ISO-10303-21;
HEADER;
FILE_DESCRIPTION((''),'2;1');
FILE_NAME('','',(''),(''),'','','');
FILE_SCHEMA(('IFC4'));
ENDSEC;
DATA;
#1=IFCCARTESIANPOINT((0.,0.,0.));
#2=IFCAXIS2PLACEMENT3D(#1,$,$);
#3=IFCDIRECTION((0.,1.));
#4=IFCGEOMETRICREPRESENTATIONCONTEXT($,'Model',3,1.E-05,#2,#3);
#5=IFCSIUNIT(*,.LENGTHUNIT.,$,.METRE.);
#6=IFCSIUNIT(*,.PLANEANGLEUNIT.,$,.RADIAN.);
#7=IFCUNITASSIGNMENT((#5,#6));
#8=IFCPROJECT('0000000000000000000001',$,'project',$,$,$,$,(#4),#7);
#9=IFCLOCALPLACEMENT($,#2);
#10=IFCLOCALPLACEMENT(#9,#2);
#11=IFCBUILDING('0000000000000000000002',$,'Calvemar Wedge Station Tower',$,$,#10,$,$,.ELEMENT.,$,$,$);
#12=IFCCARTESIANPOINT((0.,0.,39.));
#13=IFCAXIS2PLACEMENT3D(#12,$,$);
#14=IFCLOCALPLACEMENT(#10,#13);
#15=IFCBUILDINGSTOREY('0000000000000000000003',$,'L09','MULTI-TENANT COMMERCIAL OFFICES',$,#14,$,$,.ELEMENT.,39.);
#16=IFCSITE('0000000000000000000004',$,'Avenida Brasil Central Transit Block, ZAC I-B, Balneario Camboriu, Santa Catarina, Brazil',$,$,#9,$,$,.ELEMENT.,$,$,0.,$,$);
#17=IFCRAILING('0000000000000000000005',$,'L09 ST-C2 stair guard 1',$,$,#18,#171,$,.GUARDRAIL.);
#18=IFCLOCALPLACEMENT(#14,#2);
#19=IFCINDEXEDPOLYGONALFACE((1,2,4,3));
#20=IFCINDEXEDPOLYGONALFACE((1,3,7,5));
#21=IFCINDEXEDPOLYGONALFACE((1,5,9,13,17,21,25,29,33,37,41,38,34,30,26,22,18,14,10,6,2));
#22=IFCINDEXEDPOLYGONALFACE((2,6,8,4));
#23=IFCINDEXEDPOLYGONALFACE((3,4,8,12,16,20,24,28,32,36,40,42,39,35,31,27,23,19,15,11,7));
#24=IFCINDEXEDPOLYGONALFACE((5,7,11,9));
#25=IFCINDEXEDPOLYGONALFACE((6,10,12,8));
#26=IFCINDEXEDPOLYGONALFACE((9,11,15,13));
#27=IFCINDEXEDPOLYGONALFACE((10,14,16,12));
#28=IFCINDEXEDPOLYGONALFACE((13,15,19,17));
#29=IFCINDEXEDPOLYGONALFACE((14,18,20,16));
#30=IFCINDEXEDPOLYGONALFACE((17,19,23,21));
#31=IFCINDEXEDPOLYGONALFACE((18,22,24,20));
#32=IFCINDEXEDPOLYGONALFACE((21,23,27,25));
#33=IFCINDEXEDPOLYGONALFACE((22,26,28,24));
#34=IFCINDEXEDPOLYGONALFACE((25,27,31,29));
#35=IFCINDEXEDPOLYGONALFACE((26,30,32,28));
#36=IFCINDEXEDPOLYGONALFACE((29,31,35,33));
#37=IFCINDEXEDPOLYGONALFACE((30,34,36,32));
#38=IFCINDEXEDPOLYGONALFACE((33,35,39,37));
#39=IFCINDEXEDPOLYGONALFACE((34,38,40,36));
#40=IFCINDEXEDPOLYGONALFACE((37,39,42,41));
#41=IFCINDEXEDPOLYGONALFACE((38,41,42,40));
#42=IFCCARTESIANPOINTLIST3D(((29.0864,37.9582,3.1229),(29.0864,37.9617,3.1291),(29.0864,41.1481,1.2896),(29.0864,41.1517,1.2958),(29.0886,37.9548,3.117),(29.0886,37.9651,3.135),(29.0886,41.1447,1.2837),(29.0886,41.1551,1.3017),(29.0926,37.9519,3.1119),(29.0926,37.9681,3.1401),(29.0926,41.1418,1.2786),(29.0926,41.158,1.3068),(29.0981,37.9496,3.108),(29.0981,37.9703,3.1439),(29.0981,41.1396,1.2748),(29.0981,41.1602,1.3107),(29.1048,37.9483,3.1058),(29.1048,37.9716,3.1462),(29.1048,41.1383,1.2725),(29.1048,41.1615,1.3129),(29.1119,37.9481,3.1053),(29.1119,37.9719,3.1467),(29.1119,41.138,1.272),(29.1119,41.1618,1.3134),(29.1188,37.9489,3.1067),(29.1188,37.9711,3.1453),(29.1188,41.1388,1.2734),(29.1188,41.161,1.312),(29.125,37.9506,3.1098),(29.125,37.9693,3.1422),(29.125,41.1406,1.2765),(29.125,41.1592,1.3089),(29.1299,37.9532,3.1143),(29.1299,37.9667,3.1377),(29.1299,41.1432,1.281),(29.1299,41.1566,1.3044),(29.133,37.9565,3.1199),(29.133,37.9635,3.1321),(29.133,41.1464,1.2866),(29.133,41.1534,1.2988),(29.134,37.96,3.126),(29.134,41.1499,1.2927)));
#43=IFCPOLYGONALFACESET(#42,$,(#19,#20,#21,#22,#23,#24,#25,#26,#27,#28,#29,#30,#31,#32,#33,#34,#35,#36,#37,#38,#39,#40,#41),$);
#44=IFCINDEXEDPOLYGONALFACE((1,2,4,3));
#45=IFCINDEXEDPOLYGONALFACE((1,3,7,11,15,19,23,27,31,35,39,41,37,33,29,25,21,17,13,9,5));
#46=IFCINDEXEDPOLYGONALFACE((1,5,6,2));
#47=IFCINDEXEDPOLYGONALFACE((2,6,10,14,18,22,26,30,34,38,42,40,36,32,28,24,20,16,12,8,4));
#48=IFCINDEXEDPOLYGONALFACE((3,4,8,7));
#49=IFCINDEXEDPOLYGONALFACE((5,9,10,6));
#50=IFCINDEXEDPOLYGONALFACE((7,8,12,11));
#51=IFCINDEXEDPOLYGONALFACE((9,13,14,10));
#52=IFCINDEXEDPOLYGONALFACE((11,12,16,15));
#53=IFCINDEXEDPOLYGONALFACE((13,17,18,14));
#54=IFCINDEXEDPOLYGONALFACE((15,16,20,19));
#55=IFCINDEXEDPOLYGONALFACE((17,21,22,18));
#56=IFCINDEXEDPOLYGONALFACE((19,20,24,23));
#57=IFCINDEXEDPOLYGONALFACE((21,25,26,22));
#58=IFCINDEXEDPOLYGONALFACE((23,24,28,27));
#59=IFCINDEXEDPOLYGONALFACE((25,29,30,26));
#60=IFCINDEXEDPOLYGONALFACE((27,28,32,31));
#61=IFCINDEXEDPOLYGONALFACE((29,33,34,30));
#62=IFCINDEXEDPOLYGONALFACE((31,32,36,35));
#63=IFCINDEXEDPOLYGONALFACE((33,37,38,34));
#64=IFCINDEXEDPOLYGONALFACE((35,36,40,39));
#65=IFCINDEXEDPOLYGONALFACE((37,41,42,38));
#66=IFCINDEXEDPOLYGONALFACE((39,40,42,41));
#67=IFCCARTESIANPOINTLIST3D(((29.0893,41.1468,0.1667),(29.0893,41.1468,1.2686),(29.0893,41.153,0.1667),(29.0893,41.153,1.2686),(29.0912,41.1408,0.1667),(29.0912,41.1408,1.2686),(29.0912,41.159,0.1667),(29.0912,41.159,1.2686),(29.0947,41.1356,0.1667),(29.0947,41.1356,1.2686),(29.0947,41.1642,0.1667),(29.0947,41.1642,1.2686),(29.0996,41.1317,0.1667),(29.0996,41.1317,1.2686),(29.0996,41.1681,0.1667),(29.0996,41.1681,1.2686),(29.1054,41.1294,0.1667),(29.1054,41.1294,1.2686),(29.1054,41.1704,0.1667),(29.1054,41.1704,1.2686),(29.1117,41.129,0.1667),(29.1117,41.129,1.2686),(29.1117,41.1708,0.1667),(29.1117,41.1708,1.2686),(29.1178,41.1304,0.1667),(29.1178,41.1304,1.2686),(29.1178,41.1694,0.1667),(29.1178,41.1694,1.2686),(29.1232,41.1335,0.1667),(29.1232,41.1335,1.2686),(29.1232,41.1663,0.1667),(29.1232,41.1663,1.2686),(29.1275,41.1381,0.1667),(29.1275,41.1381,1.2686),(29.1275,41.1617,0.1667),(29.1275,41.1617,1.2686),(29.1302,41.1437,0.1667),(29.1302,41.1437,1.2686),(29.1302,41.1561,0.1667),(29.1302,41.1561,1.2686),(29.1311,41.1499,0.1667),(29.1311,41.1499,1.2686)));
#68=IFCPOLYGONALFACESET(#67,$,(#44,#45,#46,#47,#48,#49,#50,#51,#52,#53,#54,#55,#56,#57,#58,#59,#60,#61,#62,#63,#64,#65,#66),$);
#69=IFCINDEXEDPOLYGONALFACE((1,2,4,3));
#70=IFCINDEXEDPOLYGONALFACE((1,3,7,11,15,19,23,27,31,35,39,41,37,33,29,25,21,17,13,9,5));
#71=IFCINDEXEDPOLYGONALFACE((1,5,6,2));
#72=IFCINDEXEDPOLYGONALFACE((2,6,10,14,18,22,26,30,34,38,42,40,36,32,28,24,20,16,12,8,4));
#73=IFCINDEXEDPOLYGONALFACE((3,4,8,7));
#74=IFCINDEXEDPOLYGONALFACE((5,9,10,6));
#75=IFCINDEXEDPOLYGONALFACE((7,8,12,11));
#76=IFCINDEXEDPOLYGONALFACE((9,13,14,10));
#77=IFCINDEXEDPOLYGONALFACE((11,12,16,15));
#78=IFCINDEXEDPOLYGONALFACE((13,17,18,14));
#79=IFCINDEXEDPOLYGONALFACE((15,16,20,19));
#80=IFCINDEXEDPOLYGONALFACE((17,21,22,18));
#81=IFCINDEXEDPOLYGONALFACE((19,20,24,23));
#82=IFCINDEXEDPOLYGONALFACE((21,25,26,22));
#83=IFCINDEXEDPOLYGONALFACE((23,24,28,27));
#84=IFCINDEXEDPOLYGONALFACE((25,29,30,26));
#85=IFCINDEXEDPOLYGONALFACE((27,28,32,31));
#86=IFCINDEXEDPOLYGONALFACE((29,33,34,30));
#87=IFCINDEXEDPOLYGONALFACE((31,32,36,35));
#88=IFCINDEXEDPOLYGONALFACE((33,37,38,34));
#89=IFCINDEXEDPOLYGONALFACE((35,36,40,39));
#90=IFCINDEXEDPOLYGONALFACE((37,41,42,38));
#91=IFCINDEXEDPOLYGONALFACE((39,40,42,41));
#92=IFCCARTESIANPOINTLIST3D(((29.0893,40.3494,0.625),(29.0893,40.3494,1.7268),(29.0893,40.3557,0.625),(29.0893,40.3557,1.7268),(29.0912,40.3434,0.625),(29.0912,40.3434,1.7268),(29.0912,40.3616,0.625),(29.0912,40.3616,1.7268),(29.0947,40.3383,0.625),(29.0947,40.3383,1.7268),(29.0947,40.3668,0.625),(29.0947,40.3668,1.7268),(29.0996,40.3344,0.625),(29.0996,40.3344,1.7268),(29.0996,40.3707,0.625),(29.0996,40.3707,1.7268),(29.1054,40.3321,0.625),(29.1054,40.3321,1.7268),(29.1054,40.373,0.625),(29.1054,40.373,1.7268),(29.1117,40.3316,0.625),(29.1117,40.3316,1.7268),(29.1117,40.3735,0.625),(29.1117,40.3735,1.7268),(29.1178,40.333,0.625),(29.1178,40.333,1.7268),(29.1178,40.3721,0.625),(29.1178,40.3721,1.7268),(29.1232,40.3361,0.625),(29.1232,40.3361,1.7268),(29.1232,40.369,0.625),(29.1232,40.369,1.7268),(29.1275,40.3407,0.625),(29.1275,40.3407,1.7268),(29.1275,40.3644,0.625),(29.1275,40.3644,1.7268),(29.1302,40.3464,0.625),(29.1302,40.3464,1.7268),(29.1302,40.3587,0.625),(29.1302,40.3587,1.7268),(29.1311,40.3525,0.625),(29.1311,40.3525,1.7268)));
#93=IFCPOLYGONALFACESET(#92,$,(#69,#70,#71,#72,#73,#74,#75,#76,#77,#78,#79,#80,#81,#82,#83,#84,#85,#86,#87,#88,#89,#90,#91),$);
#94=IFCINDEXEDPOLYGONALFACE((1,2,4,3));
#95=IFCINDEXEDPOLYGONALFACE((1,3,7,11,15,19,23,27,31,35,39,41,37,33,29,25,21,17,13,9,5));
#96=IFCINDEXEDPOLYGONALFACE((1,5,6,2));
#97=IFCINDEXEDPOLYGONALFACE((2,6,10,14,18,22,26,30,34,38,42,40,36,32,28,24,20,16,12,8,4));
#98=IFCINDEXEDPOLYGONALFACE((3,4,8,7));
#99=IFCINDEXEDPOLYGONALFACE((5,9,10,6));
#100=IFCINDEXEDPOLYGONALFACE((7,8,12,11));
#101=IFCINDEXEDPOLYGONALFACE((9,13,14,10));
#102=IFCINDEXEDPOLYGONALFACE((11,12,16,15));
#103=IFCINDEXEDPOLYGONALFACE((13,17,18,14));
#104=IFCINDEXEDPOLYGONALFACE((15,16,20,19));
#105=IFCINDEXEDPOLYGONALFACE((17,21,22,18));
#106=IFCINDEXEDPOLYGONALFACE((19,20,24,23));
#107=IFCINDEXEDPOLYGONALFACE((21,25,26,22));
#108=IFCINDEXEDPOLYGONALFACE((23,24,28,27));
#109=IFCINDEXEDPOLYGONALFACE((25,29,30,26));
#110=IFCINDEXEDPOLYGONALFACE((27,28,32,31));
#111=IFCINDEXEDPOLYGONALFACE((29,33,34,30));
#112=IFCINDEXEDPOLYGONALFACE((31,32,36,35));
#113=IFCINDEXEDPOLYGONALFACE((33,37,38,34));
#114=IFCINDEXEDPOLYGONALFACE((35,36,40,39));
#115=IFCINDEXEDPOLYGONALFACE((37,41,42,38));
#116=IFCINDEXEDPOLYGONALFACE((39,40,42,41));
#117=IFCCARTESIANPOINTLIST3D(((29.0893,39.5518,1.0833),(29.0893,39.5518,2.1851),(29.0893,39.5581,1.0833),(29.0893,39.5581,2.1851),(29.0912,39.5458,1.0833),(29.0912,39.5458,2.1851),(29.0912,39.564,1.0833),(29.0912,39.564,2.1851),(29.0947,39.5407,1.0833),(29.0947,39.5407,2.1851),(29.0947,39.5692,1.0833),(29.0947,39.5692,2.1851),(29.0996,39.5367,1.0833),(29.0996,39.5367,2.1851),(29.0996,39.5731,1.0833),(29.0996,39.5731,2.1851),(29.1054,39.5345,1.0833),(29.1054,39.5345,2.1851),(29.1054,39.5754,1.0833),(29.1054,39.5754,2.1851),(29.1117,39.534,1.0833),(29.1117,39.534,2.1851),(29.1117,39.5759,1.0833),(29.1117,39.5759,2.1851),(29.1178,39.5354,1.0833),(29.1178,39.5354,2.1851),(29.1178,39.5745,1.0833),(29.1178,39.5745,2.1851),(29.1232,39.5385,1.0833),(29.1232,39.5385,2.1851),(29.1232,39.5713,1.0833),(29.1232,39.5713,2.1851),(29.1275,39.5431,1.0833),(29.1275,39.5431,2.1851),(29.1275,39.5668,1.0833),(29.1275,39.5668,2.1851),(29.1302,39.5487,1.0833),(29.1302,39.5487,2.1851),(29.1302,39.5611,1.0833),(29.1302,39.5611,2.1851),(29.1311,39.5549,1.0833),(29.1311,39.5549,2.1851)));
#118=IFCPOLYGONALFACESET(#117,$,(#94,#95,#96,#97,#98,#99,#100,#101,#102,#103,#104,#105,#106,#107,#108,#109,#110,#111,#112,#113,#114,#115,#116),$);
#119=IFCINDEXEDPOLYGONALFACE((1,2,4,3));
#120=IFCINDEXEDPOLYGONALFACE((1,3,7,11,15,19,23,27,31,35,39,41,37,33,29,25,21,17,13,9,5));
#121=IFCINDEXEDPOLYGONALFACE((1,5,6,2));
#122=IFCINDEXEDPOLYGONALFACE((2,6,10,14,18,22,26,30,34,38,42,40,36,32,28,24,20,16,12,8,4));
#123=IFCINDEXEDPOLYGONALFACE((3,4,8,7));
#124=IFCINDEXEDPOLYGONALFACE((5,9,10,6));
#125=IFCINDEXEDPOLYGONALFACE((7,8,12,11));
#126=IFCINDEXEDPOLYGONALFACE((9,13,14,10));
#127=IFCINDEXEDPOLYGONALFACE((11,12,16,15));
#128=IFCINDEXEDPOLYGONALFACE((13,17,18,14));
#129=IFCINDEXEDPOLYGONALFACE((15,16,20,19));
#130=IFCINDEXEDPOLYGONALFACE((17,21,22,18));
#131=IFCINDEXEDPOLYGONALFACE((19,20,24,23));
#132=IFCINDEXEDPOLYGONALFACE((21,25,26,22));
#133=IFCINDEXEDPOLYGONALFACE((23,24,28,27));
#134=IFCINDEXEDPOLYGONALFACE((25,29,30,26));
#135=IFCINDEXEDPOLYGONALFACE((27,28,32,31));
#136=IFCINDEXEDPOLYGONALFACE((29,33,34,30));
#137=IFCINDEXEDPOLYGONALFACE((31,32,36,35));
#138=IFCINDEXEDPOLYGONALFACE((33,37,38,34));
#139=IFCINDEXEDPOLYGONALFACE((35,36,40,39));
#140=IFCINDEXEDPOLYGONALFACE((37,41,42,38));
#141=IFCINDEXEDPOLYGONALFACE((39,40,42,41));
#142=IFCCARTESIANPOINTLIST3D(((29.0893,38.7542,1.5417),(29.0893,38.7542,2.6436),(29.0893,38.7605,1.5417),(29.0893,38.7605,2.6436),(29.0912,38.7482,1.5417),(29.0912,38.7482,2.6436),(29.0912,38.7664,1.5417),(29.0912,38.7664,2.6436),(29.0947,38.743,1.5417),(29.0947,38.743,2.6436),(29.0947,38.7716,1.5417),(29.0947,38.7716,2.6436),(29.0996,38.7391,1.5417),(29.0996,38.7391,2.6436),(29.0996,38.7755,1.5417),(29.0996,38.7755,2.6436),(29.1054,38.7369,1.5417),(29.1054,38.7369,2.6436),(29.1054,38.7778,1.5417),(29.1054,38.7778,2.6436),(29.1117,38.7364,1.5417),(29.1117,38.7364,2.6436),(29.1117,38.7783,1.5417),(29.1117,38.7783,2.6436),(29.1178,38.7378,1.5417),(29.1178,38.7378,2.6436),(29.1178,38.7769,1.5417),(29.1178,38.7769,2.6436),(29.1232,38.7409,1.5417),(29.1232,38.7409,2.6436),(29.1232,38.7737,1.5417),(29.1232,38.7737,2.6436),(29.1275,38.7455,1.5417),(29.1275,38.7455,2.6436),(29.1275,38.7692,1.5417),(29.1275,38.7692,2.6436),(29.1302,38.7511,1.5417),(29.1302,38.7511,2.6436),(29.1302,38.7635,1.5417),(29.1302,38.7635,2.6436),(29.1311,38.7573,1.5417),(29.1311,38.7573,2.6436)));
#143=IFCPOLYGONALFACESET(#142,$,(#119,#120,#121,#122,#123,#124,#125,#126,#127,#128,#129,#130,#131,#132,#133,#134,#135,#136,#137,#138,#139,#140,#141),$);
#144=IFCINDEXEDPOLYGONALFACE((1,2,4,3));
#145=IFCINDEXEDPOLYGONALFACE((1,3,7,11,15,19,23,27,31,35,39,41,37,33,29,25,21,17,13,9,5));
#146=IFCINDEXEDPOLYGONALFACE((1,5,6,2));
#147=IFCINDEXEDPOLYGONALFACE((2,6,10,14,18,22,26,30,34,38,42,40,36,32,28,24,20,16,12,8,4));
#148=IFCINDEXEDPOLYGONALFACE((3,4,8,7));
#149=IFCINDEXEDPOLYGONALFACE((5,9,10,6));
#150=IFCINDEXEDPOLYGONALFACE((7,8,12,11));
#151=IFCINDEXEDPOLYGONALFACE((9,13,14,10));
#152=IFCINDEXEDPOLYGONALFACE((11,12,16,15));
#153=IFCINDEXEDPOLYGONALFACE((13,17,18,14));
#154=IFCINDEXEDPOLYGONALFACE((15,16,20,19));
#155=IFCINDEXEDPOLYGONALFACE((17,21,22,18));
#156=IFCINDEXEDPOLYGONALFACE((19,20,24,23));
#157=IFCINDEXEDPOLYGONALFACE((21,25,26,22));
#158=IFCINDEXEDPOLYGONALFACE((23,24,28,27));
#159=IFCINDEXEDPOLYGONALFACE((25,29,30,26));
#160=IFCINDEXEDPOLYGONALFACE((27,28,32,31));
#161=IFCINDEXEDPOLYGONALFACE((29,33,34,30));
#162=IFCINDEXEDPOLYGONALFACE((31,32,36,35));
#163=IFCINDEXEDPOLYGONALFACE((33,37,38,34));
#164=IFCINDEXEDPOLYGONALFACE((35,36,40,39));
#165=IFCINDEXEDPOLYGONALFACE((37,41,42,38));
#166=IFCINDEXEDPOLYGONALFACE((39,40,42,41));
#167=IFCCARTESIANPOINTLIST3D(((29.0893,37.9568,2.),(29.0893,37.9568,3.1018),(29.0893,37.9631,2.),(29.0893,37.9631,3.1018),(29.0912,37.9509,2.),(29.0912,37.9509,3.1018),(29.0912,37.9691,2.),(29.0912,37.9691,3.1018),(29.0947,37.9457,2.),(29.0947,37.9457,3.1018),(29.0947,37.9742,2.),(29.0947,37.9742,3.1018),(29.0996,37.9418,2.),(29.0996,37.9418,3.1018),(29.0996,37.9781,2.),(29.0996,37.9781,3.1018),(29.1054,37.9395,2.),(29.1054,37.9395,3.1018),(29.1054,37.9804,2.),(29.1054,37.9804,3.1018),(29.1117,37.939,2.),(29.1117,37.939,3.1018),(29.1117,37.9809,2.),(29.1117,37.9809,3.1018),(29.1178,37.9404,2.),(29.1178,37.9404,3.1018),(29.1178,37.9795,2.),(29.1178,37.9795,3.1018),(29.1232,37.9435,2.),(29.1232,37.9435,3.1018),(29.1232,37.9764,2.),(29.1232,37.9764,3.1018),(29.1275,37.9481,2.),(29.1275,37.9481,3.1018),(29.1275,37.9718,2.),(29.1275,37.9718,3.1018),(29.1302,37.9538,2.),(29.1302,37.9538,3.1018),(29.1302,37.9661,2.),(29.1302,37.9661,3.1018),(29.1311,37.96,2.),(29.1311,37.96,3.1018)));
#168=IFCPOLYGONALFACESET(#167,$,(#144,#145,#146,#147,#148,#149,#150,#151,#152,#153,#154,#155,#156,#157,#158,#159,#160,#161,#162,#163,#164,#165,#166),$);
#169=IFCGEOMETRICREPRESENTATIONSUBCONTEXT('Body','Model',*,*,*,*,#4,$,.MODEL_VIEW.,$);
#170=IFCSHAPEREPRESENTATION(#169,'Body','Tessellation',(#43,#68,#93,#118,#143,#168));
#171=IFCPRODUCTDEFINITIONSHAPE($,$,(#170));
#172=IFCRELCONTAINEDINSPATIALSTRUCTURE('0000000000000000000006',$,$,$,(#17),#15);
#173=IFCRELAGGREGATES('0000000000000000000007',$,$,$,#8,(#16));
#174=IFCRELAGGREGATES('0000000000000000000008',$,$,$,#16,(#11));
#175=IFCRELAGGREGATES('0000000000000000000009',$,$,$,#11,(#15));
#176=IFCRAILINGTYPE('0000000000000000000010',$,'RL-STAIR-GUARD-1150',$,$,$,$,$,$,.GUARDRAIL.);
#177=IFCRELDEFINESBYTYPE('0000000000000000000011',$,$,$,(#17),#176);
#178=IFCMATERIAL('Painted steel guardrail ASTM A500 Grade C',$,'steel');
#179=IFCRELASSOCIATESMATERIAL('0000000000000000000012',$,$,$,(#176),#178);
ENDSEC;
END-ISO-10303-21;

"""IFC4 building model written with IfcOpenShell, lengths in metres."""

from ifc_helpers import new_model, si_unit, direction, frame, origin, origin_2d, place, context, subcontext, project, spatial, circle, extrude, material, type_object, element, save


model = new_model("IFC4")

# Units and contexts
model_context = context("Model", 3, precision=1e-05, world=origin(), true_north=direction((0.0, 1.0)))
body_context = subcontext(model_context, "Body", "Model", "MODEL_VIEW")
ifc_project = project(units=[si_unit("LENGTHUNIT", "METRE"), si_unit("PLANEANGLEUNIT", "RADIAN")], contexts=[model_context])

# Site, building, storey
site_placement = place(None, origin())
site = spatial("IfcSite", under=ifc_project, at=site_placement, Name="Avenida Brasil Central Transit Block, ZAC I-B, Balneario Camboriu, Santa Catarina, Brazil", CompositionType="ELEMENT", RefElevation=0.0)
building_placement = place(site_placement, origin())
building = spatial("IfcBuilding", under=site, at=building_placement, Name="Calvemar Wedge Station Tower", CompositionType="ELEMENT")
storey_placement = place(building_placement, frame((0.0, 0.0, 39.0)))
storey = spatial("IfcBuildingStorey", under=building, at=storey_placement, Name="L09", Description="MULTI-TENANT COMMERCIAL OFFICES", CompositionType="ELEMENT", Elevation=39.0)

# Railing
ifc_material_1 = material(Name="Painted steel guardrail ASTM A500 Grade C", Category="steel")
railing_type_1 = type_object("IfcRailingType", Name="RL-STAIR-GUARD-1150", PredefinedType="GUARDRAIL", material=ifc_material_1)
railing_1_placement = place(storey_placement, frame((29.1101, 41.1499, 0.1667)))
element("IfcRailing", 1, at=railing_1_placement, inside=storey, type_object=railing_type_1, Name="L09 ST-C2 stair guard 1", PredefinedType="GUARDRAIL", context=body_context, shape_type="SweptSolid", body=[
    extrude(circle(Radius=0.0239, at=origin_2d()), frame((0.0, 0.0, 1.126), z_axis=(0.0, -0.86702, 0.498274), x_axis=(1.0, 0.0, 0.0)), (0.0, 0.0, 1.0), 3.6792),
    extrude(circle(Radius=0.021, at=origin_2d()), origin(), (0.0, 0.0, 1.0), 1.1018),
    extrude(circle(Radius=0.021, at=origin_2d()), frame((0.0, -0.7974, 0.4583)), (0.0, 0.0, 1.0), 1.1018),
    extrude(circle(Radius=0.021, at=origin_2d()), frame((0.0, -1.595, 0.9165)), (0.0, 0.0, 1.0), 1.1018),
    extrude(circle(Radius=0.021, at=origin_2d()), frame((0.0, -2.3926, 1.375)), (0.0, 0.0, 1.0), 1.1018),
    extrude(circle(Radius=0.021, at=origin_2d()), frame((0.0, -3.1899, 1.8333)), (0.0, 0.0, 1.0), 1.1018),
])

save(model, "model.ifc")
